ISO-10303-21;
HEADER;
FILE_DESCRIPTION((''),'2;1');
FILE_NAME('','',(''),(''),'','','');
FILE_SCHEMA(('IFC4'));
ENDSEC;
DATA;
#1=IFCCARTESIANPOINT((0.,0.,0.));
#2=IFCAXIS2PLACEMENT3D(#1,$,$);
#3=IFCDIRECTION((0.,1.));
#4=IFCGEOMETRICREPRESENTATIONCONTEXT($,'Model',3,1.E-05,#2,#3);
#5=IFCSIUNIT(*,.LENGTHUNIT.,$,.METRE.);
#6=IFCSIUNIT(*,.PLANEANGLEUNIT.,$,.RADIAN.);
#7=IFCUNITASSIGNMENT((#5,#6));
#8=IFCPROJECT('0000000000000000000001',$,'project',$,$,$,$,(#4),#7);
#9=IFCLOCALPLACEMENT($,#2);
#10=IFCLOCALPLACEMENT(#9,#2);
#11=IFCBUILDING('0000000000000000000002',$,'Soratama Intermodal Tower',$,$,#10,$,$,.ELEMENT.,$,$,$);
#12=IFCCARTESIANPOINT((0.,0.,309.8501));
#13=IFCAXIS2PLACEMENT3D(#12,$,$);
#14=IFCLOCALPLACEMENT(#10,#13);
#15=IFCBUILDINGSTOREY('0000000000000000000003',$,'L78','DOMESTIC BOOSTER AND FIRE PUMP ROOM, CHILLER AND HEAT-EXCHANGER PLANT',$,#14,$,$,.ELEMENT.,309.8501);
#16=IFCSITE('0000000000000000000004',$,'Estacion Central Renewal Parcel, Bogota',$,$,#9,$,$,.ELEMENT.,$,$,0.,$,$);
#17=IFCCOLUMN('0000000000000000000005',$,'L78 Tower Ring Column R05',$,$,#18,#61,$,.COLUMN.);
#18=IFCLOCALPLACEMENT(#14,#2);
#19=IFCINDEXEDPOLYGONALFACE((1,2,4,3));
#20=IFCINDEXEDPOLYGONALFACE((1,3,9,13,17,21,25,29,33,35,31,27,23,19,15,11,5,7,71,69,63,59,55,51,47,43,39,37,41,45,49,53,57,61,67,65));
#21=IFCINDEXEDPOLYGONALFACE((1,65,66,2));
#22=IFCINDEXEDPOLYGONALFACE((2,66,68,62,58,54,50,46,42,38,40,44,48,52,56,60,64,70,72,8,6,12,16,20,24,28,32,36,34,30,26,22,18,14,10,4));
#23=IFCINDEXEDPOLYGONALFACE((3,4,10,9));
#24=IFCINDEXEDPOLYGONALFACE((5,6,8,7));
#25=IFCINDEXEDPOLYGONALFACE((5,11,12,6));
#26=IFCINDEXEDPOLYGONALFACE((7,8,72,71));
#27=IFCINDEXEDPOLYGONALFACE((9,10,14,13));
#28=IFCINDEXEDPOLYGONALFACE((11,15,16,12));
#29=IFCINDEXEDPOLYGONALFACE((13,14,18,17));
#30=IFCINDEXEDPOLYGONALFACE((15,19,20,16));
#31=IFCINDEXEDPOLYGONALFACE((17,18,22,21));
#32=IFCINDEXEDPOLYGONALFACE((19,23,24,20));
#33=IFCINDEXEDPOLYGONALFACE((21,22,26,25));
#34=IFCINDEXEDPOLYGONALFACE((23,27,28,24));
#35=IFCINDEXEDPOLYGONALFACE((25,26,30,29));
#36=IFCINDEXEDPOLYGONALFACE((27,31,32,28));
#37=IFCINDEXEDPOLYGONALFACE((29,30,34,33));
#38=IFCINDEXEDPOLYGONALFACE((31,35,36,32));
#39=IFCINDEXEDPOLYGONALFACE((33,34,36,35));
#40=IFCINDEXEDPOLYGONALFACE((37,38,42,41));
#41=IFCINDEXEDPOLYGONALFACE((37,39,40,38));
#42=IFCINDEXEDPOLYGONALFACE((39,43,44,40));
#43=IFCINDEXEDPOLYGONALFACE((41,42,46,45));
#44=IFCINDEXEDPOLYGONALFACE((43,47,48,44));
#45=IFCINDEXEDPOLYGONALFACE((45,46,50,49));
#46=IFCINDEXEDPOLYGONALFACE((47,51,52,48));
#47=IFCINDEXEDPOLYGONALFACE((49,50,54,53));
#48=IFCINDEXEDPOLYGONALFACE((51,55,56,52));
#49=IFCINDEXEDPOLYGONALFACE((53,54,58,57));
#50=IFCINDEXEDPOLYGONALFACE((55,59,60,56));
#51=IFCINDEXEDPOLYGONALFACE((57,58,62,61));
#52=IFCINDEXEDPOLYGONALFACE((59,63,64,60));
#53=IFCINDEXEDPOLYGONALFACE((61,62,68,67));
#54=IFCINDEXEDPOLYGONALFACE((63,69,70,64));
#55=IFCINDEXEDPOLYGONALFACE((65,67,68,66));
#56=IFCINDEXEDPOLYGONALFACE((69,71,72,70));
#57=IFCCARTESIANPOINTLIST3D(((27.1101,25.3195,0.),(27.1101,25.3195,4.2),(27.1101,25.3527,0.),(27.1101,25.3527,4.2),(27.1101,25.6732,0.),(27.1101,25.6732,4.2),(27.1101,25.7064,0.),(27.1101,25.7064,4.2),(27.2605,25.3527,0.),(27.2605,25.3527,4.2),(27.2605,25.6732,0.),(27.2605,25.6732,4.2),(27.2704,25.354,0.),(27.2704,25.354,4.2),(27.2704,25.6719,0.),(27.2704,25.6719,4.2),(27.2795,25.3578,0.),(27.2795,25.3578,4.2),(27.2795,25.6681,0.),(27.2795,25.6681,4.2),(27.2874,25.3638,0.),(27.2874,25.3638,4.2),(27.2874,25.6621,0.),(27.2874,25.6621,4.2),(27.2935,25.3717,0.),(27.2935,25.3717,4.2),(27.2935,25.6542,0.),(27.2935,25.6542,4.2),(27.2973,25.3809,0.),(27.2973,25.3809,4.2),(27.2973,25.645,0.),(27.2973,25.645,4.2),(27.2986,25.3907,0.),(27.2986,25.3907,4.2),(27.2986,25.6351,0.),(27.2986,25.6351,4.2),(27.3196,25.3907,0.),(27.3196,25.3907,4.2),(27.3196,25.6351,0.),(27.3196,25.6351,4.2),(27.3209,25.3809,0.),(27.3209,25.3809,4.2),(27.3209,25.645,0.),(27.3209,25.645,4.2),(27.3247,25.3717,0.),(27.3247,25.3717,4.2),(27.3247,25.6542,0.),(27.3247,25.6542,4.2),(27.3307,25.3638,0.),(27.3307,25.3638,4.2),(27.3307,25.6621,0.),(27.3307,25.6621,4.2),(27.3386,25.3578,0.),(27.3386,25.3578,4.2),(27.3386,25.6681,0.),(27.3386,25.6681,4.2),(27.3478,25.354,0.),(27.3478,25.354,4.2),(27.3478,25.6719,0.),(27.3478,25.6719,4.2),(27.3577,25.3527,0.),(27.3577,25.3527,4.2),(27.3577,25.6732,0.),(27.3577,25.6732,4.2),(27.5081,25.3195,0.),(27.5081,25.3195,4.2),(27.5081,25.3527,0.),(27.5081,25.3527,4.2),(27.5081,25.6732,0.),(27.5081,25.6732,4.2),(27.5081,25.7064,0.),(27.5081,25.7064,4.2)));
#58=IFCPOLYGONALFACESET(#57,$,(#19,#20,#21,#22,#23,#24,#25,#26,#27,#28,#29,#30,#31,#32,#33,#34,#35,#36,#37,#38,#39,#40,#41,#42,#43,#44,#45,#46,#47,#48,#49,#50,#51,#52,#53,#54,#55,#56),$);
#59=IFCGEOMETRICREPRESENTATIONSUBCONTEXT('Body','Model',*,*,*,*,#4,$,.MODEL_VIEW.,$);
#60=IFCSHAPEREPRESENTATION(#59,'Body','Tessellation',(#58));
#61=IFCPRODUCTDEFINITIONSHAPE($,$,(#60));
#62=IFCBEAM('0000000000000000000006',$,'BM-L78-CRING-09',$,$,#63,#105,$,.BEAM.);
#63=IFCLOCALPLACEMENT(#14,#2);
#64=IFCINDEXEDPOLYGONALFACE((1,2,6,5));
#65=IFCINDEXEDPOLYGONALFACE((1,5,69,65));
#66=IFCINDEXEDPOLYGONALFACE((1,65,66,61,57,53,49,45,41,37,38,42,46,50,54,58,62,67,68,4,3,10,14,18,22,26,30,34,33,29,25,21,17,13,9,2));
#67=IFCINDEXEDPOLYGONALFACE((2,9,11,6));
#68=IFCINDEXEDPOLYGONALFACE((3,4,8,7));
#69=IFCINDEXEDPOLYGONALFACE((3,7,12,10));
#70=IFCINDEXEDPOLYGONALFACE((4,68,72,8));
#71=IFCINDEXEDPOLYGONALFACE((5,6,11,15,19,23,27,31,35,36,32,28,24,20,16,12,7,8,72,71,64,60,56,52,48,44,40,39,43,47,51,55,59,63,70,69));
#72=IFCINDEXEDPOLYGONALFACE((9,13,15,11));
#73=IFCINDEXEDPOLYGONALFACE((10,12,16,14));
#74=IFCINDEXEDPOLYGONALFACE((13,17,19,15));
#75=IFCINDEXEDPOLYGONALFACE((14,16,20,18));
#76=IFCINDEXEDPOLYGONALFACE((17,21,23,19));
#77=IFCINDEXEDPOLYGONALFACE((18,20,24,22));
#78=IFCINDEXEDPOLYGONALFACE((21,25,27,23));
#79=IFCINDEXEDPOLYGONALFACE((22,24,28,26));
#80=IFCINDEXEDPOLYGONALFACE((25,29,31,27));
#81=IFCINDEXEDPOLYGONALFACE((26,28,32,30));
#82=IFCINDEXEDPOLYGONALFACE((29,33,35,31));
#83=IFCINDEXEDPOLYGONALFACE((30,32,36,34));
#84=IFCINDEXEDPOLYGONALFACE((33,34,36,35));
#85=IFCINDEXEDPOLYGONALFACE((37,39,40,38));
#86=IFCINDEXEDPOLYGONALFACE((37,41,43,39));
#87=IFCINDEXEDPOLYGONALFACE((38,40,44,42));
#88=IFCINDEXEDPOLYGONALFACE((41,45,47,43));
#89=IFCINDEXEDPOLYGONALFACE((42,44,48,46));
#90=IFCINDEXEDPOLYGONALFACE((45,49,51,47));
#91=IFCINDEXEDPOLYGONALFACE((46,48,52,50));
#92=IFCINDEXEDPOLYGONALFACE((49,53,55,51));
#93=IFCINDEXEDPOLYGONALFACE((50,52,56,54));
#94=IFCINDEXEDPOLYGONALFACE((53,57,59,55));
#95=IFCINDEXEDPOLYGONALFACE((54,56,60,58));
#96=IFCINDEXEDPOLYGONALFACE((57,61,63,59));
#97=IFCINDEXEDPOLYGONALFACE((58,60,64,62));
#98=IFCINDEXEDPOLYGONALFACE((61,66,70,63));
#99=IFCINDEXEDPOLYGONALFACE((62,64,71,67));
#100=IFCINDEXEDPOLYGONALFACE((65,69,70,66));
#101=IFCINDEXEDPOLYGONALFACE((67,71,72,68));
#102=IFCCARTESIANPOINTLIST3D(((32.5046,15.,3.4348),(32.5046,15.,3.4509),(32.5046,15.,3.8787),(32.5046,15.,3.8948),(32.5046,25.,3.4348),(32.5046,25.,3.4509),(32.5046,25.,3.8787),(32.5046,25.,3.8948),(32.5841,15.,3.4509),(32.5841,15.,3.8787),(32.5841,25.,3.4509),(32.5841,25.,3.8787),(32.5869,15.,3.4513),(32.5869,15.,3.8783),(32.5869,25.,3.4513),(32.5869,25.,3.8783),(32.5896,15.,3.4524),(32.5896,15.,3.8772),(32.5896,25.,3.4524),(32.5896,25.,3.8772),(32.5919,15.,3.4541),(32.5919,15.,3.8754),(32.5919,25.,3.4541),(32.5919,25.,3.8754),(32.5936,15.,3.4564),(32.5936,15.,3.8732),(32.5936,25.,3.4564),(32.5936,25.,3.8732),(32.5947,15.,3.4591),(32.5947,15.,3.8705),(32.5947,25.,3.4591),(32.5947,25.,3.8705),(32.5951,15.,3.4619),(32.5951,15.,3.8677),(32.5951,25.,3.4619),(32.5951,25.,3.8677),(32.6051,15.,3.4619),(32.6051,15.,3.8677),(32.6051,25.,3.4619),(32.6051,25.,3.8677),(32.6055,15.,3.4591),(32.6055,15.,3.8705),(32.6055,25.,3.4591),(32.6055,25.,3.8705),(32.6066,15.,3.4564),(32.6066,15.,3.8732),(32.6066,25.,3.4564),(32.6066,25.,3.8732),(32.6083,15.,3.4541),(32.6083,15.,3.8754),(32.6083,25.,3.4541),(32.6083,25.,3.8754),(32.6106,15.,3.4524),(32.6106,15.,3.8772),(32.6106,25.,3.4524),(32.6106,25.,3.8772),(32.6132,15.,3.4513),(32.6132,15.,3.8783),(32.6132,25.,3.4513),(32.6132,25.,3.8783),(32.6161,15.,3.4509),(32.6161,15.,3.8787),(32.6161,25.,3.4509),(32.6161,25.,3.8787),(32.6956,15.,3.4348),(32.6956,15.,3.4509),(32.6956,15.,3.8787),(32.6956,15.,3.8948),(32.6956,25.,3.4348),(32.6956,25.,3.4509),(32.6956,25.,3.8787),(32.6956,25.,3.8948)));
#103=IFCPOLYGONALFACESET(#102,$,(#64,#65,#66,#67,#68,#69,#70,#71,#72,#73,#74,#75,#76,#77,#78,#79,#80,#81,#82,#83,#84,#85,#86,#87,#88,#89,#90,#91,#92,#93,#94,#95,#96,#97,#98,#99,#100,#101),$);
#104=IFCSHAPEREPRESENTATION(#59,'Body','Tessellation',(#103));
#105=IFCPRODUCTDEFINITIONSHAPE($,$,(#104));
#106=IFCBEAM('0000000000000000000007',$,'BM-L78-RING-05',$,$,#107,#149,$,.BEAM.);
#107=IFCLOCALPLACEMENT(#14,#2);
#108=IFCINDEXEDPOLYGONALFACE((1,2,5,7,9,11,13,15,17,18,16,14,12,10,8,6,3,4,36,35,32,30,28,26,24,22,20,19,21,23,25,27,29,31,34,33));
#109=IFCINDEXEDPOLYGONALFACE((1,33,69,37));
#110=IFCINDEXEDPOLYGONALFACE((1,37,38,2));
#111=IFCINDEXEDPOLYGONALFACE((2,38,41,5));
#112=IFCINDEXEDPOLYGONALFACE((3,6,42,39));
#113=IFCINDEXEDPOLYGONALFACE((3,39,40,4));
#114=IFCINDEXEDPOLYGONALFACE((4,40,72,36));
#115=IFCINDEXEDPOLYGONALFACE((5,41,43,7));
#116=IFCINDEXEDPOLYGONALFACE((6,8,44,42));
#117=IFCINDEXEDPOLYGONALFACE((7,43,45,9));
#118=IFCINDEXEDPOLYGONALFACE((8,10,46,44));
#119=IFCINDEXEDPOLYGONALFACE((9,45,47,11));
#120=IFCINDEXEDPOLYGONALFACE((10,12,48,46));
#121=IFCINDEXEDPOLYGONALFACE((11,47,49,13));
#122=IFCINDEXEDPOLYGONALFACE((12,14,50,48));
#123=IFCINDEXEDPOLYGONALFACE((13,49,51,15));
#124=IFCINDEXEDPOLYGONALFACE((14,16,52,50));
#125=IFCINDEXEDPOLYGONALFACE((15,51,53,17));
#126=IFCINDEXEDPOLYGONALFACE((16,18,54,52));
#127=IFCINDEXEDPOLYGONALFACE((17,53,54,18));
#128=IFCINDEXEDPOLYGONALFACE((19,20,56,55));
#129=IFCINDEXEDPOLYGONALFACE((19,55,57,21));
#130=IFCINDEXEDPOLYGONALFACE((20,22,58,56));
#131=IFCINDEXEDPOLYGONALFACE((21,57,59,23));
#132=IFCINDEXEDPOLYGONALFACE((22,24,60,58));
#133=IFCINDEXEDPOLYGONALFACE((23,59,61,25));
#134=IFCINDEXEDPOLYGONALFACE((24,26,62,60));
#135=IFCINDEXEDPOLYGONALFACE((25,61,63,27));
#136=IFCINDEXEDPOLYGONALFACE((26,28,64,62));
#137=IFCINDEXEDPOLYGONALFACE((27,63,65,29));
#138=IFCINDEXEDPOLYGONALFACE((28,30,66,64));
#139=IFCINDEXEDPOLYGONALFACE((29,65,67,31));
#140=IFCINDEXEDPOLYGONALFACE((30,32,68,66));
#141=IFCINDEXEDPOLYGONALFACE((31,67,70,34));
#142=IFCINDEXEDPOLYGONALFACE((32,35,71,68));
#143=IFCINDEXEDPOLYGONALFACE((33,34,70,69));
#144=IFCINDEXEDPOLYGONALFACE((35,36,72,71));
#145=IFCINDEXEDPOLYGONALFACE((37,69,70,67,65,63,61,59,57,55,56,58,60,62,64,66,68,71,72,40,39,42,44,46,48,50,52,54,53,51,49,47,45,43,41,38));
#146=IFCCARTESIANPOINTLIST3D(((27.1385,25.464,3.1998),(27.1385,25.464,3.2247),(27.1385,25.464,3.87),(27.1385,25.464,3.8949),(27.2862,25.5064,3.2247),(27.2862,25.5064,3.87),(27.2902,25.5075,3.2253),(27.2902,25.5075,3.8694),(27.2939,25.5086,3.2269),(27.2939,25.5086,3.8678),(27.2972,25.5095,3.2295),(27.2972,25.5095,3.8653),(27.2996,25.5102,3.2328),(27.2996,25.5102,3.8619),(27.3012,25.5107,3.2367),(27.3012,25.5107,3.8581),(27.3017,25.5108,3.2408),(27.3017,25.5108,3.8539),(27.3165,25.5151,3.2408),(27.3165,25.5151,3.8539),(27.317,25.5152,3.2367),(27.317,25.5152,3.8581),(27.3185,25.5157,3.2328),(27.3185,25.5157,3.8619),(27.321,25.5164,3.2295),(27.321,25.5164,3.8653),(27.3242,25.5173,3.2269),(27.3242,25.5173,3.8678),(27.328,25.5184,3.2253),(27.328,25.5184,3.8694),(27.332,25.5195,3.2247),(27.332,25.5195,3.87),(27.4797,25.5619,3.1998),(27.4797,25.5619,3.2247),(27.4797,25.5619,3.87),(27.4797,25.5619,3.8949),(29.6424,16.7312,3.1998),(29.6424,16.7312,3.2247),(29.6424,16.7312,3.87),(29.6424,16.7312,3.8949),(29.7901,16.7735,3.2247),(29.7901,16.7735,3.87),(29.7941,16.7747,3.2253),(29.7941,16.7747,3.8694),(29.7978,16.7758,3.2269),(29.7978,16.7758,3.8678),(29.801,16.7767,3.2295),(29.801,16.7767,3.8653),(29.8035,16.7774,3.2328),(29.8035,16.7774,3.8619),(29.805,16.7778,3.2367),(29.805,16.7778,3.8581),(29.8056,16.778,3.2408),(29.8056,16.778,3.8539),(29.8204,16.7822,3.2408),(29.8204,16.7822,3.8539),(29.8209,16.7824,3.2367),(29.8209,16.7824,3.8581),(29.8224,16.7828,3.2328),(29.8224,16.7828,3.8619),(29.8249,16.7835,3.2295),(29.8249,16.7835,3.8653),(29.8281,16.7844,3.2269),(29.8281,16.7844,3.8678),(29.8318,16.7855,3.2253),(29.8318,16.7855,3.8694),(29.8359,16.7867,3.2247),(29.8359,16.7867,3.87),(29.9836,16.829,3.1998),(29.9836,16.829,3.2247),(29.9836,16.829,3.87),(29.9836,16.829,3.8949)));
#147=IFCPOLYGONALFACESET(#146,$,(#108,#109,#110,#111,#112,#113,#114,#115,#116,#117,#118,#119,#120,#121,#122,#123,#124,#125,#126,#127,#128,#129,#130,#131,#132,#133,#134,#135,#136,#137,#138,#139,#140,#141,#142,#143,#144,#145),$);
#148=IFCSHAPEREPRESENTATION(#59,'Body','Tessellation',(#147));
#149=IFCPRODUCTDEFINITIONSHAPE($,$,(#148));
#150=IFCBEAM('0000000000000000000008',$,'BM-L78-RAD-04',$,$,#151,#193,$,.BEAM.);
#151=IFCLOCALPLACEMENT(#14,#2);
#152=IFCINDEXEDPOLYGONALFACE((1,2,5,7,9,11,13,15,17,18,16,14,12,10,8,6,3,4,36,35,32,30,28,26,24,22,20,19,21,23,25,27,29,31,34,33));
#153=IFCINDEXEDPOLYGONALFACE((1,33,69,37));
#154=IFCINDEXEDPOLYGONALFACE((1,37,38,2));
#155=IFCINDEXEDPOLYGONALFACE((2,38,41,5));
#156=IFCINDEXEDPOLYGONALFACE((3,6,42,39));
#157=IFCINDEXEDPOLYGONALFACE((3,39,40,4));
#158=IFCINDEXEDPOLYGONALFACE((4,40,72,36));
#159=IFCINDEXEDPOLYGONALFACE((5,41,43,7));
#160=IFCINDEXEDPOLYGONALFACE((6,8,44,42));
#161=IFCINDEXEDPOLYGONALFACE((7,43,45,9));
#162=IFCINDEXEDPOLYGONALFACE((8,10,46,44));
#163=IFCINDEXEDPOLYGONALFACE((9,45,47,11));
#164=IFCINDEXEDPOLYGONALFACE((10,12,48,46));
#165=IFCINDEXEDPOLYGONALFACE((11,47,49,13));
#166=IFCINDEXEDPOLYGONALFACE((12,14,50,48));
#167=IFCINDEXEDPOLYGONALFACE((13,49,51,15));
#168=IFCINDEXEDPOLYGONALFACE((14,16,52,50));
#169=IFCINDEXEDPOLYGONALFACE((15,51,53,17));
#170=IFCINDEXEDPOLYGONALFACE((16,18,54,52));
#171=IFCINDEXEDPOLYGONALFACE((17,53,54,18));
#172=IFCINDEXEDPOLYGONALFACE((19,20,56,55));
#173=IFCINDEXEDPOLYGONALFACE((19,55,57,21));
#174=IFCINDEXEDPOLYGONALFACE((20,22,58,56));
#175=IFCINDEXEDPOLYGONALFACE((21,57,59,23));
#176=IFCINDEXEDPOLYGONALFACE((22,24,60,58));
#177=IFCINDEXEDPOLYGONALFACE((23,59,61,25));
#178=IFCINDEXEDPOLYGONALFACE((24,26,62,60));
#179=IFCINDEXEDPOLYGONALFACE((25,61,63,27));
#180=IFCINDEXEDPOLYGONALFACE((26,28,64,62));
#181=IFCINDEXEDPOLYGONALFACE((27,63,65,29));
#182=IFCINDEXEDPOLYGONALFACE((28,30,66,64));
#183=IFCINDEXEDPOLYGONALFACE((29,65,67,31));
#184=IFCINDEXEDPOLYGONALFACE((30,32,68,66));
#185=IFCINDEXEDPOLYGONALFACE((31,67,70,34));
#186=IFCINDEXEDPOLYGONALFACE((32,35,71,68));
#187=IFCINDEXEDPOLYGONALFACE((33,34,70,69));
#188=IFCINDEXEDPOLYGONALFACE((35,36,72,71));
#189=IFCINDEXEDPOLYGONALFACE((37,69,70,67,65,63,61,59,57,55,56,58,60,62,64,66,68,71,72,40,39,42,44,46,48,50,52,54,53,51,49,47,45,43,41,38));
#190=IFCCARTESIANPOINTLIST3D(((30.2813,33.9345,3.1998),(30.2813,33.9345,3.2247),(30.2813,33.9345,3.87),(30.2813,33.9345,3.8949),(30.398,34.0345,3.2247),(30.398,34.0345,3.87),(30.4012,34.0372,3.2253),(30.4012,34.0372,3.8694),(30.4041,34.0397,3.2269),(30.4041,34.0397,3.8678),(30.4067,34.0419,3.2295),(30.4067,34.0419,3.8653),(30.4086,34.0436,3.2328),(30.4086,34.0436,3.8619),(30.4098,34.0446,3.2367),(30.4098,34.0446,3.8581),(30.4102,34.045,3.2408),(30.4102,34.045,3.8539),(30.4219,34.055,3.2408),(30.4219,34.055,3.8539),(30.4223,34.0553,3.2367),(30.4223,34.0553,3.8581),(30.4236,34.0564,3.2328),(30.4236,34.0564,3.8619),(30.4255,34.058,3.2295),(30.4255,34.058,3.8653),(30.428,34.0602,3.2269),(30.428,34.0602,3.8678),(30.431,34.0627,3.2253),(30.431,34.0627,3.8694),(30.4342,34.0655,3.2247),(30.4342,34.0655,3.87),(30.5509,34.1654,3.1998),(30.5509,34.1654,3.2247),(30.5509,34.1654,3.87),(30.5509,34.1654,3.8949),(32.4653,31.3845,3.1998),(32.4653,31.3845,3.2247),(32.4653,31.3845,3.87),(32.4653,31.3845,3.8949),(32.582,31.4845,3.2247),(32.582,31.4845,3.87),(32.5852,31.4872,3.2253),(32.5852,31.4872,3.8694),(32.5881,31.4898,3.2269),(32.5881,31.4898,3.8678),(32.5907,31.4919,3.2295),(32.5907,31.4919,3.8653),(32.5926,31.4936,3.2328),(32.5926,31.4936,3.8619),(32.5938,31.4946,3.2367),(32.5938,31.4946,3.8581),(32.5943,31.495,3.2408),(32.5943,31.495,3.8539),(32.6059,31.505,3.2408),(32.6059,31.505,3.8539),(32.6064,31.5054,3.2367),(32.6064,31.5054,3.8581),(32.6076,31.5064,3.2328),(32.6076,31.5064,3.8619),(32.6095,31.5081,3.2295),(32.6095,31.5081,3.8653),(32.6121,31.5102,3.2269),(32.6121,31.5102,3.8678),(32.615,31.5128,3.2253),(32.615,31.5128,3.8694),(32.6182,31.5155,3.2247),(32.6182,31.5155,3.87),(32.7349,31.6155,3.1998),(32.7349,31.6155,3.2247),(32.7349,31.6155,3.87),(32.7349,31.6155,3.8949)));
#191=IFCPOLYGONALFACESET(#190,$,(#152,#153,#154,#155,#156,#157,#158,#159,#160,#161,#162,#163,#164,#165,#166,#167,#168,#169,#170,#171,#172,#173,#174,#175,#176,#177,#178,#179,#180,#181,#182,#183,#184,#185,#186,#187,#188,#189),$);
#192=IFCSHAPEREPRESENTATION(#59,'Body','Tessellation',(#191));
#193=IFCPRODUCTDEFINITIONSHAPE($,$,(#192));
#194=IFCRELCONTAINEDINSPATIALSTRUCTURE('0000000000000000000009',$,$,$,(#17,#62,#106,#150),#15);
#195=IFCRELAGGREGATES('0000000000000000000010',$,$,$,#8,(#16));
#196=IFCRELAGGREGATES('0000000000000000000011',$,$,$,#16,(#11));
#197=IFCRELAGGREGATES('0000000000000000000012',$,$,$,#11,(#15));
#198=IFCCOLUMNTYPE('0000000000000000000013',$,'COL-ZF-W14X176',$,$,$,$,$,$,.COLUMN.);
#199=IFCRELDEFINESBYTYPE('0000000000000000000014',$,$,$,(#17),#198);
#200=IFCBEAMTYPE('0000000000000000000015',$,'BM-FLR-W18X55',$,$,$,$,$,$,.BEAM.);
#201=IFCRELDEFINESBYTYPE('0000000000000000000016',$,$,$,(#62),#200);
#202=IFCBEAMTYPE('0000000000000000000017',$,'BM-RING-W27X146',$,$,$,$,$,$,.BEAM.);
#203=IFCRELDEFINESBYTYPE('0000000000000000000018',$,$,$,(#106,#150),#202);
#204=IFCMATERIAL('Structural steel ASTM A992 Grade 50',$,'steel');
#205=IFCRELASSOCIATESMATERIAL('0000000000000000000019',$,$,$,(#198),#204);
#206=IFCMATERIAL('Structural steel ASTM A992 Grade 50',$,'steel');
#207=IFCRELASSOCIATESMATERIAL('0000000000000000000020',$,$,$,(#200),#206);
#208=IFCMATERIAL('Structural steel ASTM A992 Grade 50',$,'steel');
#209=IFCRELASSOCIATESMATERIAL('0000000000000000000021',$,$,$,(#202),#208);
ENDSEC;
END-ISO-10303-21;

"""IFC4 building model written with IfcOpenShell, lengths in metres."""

from ifc_helpers import new_model, si_unit, direction, frame, origin, origin_2d, place, context, subcontext, project, spatial, i_section, extrude, material, material_profile, profile_set, type_object, element, save


model = new_model("IFC4")

# Units and contexts
model_context = context("Model", 3, precision=1e-05, world=origin(), true_north=direction((0.0, 1.0)))
body_context = subcontext(model_context, "Body", "Model", "MODEL_VIEW")
ifc_project = project(units=[si_unit("LENGTHUNIT", "METRE"), si_unit("PLANEANGLEUNIT", "RADIAN")], contexts=[model_context])

# Site, building, storey
site_placement = place(None, origin())
site = spatial("IfcSite", under=ifc_project, at=site_placement, Name="Estacion Central Renewal Parcel, Bogota", CompositionType="ELEMENT", RefElevation=0.0)
building_placement = place(site_placement, origin())
building = spatial("IfcBuilding", under=site, at=building_placement, Name="Soratama Intermodal Tower", CompositionType="ELEMENT")
storey_placement = place(building_placement, frame((0.0, 0.0, 309.8501)))
storey = spatial("IfcBuildingStorey", under=building, at=storey_placement, Name="L78", Description="DOMESTIC BOOSTER AND FIRE PUMP ROOM, CHILLER AND HEAT-EXCHANGER PLANT", CompositionType="ELEMENT", Elevation=309.8501)

# Column
ifc_material_1 = material(Name="Structural steel ASTM A992 Grade 50", Category="steel")
ifc_material_profile_1 = material_profile(ifc_material_1, i_section(OverallWidth=0.3979, OverallDepth=0.387, WebThickness=0.021, FlangeThickness=0.0332, FilletRadius=0.0381, at=origin_2d()), Name="W14X176")
ifc_profile_set_1 = profile_set([ifc_material_profile_1], Name="Structural steel ASTM A992 Grade 50")
column_type = type_object("IfcColumnType", Name="COL-ZF-W14X176", PredefinedType="COLUMN", material=ifc_profile_set_1)
column_placement = place(storey_placement, frame((27.3091, 25.5129, 0.0), z_axis=(0.0, 0.0, 1.0), x_axis=(1.0, 0.0, 0.0)))
element("IfcColumn", 1, at=column_placement, inside=storey, type_object=column_type, Name="L78 Tower Ring Column R05", PredefinedType="COLUMN", context=body_context, shape_type="SweptSolid", body=[
    extrude(i_section(OverallWidth=0.3979, OverallDepth=0.387, WebThickness=0.021, FlangeThickness=0.0332, FilletRadius=0.0381, at=origin_2d()), origin(), (0.0, 0.0, 1.0), 4.2),
])

# Beams
ifc_material_2 = material(Name="Structural steel ASTM A992 Grade 50", Category="steel")
ifc_material_profile_2 = material_profile(ifc_material_2, i_section(OverallWidth=0.1909, OverallDepth=0.46, WebThickness=0.01, FlangeThickness=0.0161, FilletRadius=0.011, at=origin_2d()), Name="W18X55")
ifc_profile_set_2 = profile_set([ifc_material_profile_2], Name="Structural steel ASTM A992 Grade 50")
beam_type_1 = type_object("IfcBeamType", Name="BM-FLR-W18X55", PredefinedType="BEAM", material=ifc_profile_set_2)
beam_1_placement = place(storey_placement, frame((32.6001, 25.0, 3.6648), z_axis=(0.0, -1.0, 0.0), x_axis=(1.0, 0.0, 0.0)))
element("IfcBeam", 2, at=beam_1_placement, inside=storey, type_object=beam_type_1, Name="BM-L78-CRING-09", PredefinedType="BEAM", context=body_context, shape_type="SweptSolid", body=[
    extrude(i_section(OverallWidth=0.1909, OverallDepth=0.46, WebThickness=0.01, FlangeThickness=0.0161, FilletRadius=0.011, at=origin_2d()), origin(), (0.0, 0.0, 1.0), 10.0),
])
ifc_material_3 = material(Name="Structural steel ASTM A992 Grade 50", Category="steel")
ifc_material_profile_3 = material_profile(ifc_material_3, i_section(OverallWidth=0.355, OverallDepth=0.6951, WebThickness=0.0154, FlangeThickness=0.0249, FilletRadius=0.0161, at=origin_2d()), Name="W27X146")
ifc_profile_set_3 = profile_set([ifc_material_profile_3], Name="Structural steel ASTM A992 Grade 50")
beam_type_2 = type_object("IfcBeamType", Name="BM-RING-W27X146", PredefinedType="BEAM", material=ifc_profile_set_3)
beam_2_placement = place(storey_placement, frame((27.3091, 25.5129, 3.5474), z_axis=(0.275615, -0.961268, 0.0), x_axis=(0.961268, 0.275615, 0.0)))
element("IfcBeam", 3, at=beam_2_placement, inside=storey, type_object=beam_type_2, Name="BM-L78-RING-05", PredefinedType="BEAM", context=body_context, shape_type="SweptSolid", body=[
    extrude(i_section(OverallWidth=0.355, OverallDepth=0.6951, WebThickness=0.0154, FlangeThickness=0.0249, FilletRadius=0.0161, at=origin_2d()), origin(), (0.0, 0.0, 1.0), 9.0847),
])
beam_3_placement = place(storey_placement, frame((32.6001, 31.5, 3.5474), z_axis=(-0.650504, 0.759503, 0.0), x_axis=(-0.759503, -0.650504, 0.0)))
element("IfcBeam", 4, at=beam_3_placement, inside=storey, type_object=beam_type_2, Name="BM-L78-RAD-04", PredefinedType="BEAM", context=body_context, shape_type="SweptSolid", body=[
    extrude(i_section(OverallWidth=0.355, OverallDepth=0.6951, WebThickness=0.0154, FlangeThickness=0.0249, FilletRadius=0.0161, at=origin_2d()), origin(), (0.0, 0.0, 1.0), 3.3574),
])

save(model, "model.ifc")
